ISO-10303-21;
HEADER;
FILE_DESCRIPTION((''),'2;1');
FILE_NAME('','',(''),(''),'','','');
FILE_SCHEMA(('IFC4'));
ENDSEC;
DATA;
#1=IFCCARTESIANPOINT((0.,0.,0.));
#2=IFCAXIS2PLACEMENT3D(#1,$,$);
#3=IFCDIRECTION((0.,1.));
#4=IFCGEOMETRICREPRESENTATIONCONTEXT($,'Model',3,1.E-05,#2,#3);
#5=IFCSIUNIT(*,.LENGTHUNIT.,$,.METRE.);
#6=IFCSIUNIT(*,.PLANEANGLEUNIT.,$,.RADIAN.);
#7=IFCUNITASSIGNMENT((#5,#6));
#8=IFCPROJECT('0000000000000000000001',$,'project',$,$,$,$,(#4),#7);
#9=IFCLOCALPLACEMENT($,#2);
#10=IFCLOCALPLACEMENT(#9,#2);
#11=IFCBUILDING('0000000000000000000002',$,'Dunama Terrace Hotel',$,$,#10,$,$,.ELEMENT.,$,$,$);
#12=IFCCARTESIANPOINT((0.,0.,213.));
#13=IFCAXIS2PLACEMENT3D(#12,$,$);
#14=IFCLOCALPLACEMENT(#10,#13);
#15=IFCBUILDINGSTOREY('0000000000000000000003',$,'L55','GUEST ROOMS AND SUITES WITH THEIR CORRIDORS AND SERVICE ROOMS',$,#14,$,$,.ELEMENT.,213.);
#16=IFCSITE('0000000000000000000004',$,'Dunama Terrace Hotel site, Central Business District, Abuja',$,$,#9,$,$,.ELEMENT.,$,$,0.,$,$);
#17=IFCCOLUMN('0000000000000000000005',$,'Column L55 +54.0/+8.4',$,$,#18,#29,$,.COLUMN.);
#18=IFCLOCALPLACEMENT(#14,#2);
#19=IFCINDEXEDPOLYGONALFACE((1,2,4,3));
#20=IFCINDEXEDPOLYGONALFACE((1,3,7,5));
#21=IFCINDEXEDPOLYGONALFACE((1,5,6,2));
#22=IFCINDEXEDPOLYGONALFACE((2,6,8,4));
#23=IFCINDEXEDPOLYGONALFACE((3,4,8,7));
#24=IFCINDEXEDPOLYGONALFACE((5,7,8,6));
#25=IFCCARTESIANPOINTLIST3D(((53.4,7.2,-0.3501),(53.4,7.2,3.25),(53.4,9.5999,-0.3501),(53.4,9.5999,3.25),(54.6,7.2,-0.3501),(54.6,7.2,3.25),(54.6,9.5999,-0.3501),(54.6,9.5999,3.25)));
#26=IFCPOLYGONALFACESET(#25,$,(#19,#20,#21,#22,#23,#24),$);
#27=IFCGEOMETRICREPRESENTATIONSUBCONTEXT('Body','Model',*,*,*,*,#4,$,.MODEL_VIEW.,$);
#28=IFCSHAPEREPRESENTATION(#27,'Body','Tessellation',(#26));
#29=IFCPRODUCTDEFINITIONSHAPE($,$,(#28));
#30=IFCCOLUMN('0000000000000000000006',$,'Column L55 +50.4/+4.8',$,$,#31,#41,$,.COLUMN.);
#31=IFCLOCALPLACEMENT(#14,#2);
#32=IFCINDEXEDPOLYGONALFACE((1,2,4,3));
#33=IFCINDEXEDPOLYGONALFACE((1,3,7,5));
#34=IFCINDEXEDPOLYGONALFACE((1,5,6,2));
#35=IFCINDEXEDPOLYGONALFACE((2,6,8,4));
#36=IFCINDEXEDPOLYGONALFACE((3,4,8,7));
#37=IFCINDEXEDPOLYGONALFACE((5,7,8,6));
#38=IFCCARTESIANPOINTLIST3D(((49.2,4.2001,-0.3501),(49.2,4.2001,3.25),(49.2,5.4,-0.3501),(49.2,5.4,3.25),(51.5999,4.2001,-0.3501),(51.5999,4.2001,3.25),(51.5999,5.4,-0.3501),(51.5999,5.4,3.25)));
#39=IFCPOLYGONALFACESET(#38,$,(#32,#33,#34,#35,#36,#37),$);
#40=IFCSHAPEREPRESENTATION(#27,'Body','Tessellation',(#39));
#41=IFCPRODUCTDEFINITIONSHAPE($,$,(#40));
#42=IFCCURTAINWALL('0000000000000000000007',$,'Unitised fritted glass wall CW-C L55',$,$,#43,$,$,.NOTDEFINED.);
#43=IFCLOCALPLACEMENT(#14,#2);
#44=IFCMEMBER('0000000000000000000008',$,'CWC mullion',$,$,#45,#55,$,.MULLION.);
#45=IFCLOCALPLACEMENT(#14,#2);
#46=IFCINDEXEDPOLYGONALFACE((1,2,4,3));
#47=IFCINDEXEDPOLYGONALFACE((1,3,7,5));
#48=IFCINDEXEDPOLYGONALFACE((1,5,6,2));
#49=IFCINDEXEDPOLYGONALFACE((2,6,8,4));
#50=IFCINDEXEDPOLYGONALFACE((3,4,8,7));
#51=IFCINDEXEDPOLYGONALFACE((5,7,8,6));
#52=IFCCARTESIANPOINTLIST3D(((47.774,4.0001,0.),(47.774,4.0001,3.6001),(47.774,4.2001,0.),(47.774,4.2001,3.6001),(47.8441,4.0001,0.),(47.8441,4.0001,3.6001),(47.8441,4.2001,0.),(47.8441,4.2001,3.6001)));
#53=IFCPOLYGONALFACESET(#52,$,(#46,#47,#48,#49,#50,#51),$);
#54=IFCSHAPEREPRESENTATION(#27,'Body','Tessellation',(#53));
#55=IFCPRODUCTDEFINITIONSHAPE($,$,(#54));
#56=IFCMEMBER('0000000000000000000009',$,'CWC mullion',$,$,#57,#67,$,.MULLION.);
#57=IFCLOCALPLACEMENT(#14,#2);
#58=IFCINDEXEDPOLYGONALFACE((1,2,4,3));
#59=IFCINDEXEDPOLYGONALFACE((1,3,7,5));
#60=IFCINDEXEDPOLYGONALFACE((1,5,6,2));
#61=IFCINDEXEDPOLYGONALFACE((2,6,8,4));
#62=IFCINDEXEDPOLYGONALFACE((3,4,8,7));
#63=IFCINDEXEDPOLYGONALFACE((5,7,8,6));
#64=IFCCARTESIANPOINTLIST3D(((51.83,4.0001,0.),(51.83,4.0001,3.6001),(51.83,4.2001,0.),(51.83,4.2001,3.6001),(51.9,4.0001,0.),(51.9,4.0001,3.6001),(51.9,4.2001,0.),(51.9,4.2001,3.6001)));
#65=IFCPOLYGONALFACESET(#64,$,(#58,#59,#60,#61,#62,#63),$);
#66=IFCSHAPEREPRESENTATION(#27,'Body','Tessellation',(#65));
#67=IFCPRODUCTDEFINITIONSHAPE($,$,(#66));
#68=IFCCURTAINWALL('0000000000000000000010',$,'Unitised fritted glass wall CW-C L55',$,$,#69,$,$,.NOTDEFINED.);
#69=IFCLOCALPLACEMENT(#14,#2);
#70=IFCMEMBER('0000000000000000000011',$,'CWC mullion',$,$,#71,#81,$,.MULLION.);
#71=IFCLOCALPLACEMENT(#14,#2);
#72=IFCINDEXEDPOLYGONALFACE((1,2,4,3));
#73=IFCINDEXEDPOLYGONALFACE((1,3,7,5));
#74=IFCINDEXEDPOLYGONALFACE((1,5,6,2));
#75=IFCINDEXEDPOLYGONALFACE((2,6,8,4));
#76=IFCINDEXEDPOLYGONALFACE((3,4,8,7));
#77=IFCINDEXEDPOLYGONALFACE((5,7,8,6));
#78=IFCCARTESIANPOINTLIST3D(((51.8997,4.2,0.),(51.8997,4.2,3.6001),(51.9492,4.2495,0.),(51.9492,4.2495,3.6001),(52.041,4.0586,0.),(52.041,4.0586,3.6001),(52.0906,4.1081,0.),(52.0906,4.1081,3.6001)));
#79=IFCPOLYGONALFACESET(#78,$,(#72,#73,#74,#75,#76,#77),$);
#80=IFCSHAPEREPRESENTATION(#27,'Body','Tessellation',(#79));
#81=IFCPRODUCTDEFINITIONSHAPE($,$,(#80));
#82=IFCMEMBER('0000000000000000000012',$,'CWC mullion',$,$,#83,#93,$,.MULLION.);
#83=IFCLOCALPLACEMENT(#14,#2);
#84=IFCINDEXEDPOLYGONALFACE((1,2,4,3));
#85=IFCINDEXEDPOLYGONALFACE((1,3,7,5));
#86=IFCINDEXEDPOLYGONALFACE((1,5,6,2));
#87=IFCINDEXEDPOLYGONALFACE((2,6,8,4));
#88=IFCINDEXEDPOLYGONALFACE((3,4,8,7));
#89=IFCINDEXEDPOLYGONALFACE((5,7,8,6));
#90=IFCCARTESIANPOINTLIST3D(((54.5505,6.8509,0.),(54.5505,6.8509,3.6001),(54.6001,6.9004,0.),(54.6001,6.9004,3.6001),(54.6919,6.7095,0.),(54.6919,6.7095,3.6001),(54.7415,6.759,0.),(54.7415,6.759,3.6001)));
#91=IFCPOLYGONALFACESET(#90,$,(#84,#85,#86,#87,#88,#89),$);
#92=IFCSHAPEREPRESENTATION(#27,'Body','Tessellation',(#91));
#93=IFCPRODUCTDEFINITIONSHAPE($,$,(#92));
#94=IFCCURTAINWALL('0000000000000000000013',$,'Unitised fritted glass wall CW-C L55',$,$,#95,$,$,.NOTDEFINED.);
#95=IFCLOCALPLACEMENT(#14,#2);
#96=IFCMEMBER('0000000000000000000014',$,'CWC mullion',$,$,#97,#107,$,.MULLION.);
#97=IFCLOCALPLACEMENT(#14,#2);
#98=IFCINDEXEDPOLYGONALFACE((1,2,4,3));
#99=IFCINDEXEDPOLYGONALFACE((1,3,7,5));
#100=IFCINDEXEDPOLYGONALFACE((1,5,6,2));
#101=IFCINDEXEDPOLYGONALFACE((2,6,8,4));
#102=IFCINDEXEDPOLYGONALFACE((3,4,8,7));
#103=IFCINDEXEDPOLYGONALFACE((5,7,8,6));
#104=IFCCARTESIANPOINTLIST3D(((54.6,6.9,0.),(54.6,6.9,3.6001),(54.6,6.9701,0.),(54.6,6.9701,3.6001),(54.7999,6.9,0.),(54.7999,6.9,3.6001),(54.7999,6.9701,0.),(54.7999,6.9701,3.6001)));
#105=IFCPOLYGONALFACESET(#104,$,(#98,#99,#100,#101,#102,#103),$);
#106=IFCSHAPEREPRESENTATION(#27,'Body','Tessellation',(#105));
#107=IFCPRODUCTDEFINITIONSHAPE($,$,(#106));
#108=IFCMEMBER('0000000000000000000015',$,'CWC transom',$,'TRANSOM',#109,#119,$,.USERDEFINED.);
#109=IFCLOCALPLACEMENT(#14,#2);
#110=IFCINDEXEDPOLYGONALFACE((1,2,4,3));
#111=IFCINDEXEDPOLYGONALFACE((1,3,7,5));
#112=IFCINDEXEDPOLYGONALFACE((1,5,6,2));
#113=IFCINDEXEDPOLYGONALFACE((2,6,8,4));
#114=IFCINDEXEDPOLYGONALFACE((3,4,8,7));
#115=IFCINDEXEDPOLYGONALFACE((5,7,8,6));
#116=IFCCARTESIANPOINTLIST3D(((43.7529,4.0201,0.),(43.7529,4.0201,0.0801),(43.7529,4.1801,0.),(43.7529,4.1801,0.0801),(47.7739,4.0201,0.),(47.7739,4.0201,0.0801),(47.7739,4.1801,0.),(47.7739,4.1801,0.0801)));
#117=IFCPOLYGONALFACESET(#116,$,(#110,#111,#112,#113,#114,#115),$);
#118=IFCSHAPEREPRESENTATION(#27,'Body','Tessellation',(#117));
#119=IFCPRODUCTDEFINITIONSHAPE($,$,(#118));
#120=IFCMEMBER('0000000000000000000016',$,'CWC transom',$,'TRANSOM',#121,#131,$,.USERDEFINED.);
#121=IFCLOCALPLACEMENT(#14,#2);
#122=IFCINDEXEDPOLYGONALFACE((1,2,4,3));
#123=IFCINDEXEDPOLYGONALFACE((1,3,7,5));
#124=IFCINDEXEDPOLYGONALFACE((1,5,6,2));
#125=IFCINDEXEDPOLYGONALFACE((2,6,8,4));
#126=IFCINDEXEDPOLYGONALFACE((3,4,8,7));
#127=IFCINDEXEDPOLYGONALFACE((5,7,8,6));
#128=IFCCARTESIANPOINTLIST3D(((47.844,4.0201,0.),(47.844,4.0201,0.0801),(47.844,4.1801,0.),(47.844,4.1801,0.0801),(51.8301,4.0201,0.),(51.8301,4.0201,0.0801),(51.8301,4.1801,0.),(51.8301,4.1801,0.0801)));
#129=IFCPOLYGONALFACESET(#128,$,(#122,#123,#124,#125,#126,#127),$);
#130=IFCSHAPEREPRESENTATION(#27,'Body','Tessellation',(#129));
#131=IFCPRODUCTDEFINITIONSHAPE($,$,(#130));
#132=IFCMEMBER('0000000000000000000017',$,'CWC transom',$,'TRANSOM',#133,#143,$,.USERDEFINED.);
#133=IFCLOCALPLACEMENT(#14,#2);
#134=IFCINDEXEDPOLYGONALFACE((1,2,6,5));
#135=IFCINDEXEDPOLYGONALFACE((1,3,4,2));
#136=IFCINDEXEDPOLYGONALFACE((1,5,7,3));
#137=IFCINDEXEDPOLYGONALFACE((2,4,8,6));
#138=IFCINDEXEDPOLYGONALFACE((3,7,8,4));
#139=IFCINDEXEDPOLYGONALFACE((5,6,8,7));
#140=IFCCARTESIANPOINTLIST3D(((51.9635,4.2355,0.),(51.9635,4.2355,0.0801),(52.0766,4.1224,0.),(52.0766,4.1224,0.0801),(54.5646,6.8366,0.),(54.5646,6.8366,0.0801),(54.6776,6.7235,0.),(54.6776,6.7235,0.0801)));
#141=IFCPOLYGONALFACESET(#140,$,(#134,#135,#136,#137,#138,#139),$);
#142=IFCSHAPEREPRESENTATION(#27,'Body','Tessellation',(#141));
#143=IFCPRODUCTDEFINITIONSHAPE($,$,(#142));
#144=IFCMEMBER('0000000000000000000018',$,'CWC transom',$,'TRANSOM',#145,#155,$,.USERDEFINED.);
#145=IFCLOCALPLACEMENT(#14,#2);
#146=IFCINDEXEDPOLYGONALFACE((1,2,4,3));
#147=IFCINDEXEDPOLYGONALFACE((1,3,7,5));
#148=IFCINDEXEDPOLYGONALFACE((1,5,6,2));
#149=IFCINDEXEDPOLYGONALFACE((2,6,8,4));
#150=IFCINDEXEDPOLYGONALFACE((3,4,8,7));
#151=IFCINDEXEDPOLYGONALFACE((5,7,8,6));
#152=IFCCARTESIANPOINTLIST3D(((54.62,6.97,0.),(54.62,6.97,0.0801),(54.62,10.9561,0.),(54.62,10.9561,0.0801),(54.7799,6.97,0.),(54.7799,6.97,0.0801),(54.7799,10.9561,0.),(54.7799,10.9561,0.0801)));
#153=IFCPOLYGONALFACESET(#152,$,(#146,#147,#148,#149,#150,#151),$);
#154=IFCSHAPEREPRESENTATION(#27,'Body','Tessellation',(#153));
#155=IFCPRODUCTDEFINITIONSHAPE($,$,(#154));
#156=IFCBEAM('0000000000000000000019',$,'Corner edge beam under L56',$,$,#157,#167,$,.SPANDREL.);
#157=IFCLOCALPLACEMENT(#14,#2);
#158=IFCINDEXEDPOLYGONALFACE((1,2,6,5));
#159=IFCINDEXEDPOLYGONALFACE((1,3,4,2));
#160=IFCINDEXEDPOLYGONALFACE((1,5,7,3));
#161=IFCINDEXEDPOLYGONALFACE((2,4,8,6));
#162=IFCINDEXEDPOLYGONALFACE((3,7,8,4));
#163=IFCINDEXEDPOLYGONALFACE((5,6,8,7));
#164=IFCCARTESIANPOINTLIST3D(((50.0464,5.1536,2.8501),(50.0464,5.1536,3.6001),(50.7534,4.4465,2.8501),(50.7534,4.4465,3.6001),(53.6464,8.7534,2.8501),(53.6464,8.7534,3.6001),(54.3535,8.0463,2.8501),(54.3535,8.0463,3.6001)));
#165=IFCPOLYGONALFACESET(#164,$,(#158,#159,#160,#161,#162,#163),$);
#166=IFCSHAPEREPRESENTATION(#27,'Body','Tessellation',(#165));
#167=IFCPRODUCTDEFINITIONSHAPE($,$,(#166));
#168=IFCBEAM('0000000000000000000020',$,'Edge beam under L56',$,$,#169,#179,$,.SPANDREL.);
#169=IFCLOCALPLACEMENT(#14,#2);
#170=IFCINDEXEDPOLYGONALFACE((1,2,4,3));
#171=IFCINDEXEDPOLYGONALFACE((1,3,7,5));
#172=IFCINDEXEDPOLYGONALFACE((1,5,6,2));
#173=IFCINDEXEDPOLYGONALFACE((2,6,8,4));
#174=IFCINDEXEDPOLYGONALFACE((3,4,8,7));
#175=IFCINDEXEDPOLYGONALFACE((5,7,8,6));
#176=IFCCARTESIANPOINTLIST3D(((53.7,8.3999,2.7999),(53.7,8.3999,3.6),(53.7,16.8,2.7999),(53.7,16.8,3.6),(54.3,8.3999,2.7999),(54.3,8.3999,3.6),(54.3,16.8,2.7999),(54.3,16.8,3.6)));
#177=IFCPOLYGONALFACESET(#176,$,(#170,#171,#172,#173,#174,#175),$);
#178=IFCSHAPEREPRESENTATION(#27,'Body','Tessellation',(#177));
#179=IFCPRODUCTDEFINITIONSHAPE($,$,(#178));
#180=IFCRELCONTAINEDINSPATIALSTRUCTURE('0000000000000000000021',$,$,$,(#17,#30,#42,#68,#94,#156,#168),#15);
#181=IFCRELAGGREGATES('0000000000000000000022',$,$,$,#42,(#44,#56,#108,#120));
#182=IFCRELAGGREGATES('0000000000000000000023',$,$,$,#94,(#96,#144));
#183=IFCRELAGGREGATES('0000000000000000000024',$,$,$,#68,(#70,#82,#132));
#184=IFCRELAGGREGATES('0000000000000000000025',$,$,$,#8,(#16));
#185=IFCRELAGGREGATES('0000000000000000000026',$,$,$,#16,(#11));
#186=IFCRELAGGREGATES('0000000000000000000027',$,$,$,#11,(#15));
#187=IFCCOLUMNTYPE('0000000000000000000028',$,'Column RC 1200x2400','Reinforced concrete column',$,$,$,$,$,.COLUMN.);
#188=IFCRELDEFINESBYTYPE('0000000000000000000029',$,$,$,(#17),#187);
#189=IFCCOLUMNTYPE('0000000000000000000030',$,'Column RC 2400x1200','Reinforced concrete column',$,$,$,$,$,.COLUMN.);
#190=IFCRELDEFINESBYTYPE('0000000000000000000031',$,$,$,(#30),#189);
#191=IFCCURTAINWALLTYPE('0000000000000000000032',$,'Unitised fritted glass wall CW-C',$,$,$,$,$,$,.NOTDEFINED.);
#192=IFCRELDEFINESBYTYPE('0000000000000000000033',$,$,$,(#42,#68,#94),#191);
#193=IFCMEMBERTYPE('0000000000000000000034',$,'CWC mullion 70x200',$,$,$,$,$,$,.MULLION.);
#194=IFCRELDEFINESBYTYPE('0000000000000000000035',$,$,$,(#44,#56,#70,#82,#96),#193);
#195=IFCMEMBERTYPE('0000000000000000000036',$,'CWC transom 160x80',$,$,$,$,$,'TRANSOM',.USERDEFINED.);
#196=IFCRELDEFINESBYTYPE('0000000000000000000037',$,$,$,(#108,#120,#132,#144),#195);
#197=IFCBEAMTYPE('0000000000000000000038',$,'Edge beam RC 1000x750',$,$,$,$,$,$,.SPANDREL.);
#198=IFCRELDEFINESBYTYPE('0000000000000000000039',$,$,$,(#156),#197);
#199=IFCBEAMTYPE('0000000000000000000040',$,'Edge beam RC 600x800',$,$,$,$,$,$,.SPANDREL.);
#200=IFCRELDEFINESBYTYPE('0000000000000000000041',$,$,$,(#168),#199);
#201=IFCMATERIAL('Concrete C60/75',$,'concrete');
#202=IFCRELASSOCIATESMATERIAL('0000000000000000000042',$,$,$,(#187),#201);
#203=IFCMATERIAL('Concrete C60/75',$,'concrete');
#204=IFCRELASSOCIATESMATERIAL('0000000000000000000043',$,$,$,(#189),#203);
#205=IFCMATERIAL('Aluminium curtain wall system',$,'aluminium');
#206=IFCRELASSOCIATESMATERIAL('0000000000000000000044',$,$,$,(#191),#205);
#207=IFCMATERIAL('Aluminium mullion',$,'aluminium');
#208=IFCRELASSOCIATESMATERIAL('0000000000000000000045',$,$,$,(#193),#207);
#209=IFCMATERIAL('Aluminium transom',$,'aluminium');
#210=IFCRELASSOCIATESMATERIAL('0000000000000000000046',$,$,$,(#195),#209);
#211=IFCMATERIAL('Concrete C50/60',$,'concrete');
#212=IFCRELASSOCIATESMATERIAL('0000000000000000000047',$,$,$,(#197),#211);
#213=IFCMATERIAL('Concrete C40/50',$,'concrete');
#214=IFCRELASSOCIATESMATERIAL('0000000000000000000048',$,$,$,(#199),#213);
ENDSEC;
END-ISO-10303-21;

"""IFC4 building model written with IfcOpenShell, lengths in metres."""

from ifc_helpers import new_model, si_unit, direction, frame, origin, origin_2d, place, context, subcontext, project, spatial, rectangle, extrude, material, material_profile, profile_set, type_object, element, aggregate, save


model = new_model("IFC4")

# Units and contexts
model_context = context("Model", 3, precision=1e-05, world=origin(), true_north=direction((0.0, 1.0)))
body_context = subcontext(model_context, "Body", "Model", "MODEL_VIEW")
ifc_project = project(units=[si_unit("LENGTHUNIT", "METRE"), si_unit("PLANEANGLEUNIT", "RADIAN")], contexts=[model_context])

# Site, building, storey
site_placement = place(None, origin())
site = spatial("IfcSite", under=ifc_project, at=site_placement, Name="Dunama Terrace Hotel site, Central Business District, Abuja", CompositionType="ELEMENT", RefElevation=0.0)
building_placement = place(site_placement, origin())
building = spatial("IfcBuilding", under=site, at=building_placement, Name="Dunama Terrace Hotel", CompositionType="ELEMENT")
storey_placement = place(building_placement, frame((0.0, 0.0, 213.0)))
storey = spatial("IfcBuildingStorey", under=building, at=storey_placement, Name="L55", Description="GUEST ROOMS AND SUITES WITH THEIR CORRIDORS AND SERVICE ROOMS", CompositionType="ELEMENT", Elevation=213.0)

# Columns
ifc_material_1 = material(Name="Concrete C60/75", Category="concrete")
ifc_material_profile_1 = material_profile(ifc_material_1, rectangle(XDim=1.2, YDim=2.3999, at=origin_2d()), Name="RC 1200x2400")
ifc_profile_set_1 = profile_set([ifc_material_profile_1], Name="Concrete C60/75")
column_type_1 = type_object("IfcColumnType", Name="Column RC 1200x2400", Description="Reinforced concrete column", PredefinedType="COLUMN", material=ifc_profile_set_1)
column_1_placement = place(storey_placement, frame((54.0, 8.3999, -0.3501), z_axis=(0.0, 0.0, 1.0), x_axis=(1.0, 0.0, 0.0)))
element("IfcColumn", 1, at=column_1_placement, inside=storey, type_object=column_type_1, Name="Column L55 +54.0/+8.4", PredefinedType="COLUMN", context=body_context, shape_type="SweptSolid", body=[
    extrude(rectangle(XDim=1.2, YDim=2.3999, at=origin_2d()), origin(), (0.0, 0.0, 1.0), 3.6001),
])
ifc_material_2 = material(Name="Concrete C60/75", Category="concrete")
ifc_material_profile_2 = material_profile(ifc_material_2, rectangle(XDim=2.3999, YDim=1.2, at=origin_2d()), Name="RC 2400x1200")
ifc_profile_set_2 = profile_set([ifc_material_profile_2], Name="Concrete C60/75")
column_type_2 = type_object("IfcColumnType", Name="Column RC 2400x1200", Description="Reinforced concrete column", PredefinedType="COLUMN", material=ifc_profile_set_2)
column_2_placement = place(storey_placement, frame((50.3999, 4.8, -0.3501), z_axis=(0.0, 0.0, 1.0), x_axis=(1.0, 0.0, 0.0)))
element("IfcColumn", 2, at=column_2_placement, inside=storey, type_object=column_type_2, Name="Column L55 +50.4/+4.8", PredefinedType="COLUMN", context=body_context, shape_type="SweptSolid", body=[
    extrude(rectangle(XDim=2.3999, YDim=1.2, at=origin_2d()), origin(), (0.0, 0.0, 1.0), 3.6001),
])

# Curtain walls, members
ifc_material_3 = material(Name="Aluminium curtain wall system", Category="aluminium")
curtain_wall_type = type_object("IfcCurtainWallType", Name="Unitised fritted glass wall CW-C", PredefinedType="NOTDEFINED", material=ifc_material_3)
curtain_wall_1_placement = place(storey_placement, origin())
curtain_wall_1 = element("IfcCurtainWall", 3, at=curtain_wall_1_placement, inside=storey, type_object=curtain_wall_type, Name="Unitised fritted glass wall CW-C L55", PredefinedType="NOTDEFINED")
ifc_material_4 = material(Name="Aluminium mullion", Category="aluminium")
ifc_material_profile_3 = material_profile(ifc_material_4, rectangle(XDim=0.0701, YDim=0.2, at=origin_2d()), Name="CWC MULLION 70X200")
ifc_profile_set_3 = profile_set([ifc_material_profile_3], Name="Aluminium mullion")
member_type_1 = type_object("IfcMemberType", Name="CWC mullion 70x200", PredefinedType="MULLION", material=ifc_profile_set_3)
member_1_placement = place(storey_placement, frame((47.8091, 4.1001, 0.0), z_axis=(0.0, 0.0, 1.0), x_axis=(1.0, 0.0, 0.0)))
member_1 = element("IfcMember", 4, at=member_1_placement, type_object=member_type_1, Name="CWC mullion", PredefinedType="MULLION", context=body_context, shape_type="SweptSolid", body=[
    extrude(rectangle(XDim=0.0701, YDim=0.2, at=origin_2d()), origin(), (0.0, 0.0, 1.0), 3.6001),
])
member_2_placement = place(storey_placement, frame((51.865, 4.1001, 0.0), z_axis=(0.0, 0.0, 1.0), x_axis=(1.0, 0.0, 0.0)))
member_2 = element("IfcMember", 5, at=member_2_placement, type_object=member_type_1, Name="CWC mullion", PredefinedType="MULLION", context=body_context, shape_type="SweptSolid", body=[
    extrude(rectangle(XDim=0.0701, YDim=0.2, at=origin_2d()), origin(), (0.0, 0.0, 1.0), 3.6001),
])
curtain_wall_2_placement = place(storey_placement, origin())
curtain_wall_2 = element("IfcCurtainWall", 6, at=curtain_wall_2_placement, inside=storey, type_object=curtain_wall_type, Name="Unitised fritted glass wall CW-C L55", PredefinedType="NOTDEFINED")
member_3_placement = place(storey_placement, frame((51.9951, 4.1541, 0.0), z_axis=(0.0, 0.0, 1.0), x_axis=(0.707107, 0.707107, 0.0)))
member_3 = element("IfcMember", 7, at=member_3_placement, type_object=member_type_1, Name="CWC mullion", PredefinedType="MULLION", context=body_context, shape_type="SweptSolid", body=[
    extrude(rectangle(XDim=0.0701, YDim=0.2, at=origin_2d()), origin(), (0.0, 0.0, 1.0), 3.6001),
])
member_4_placement = place(storey_placement, frame((54.646, 6.8049, 0.0), z_axis=(0.0, 0.0, 1.0), x_axis=(0.707107, 0.707107, 0.0)))
member_4 = element("IfcMember", 8, at=member_4_placement, type_object=member_type_1, Name="CWC mullion", PredefinedType="MULLION", context=body_context, shape_type="SweptSolid", body=[
    extrude(rectangle(XDim=0.0701, YDim=0.2, at=origin_2d()), origin(), (0.0, 0.0, 1.0), 3.6001),
])

# Curtain wall, member
curtain_wall_3_placement = place(storey_placement, origin())
curtain_wall_3 = element("IfcCurtainWall", 9, at=curtain_wall_3_placement, inside=storey, type_object=curtain_wall_type, Name="Unitised fritted glass wall CW-C L55", PredefinedType="NOTDEFINED")
member_5_placement = place(storey_placement, frame((54.7, 6.9351, 0.0), z_axis=(0.0, 0.0, 1.0), x_axis=(0.0, 1.0, 0.0)))
member_5 = element("IfcMember", 10, at=member_5_placement, type_object=member_type_1, Name="CWC mullion", PredefinedType="MULLION", context=body_context, shape_type="SweptSolid", body=[
    extrude(rectangle(XDim=0.0701, YDim=0.2, at=origin_2d()), origin(), (0.0, 0.0, 1.0), 3.6001),
])

# Members
ifc_material_5 = material(Name="Aluminium transom", Category="aluminium")
ifc_material_profile_4 = material_profile(ifc_material_5, rectangle(XDim=0.1599, YDim=0.0801, at=origin_2d()), Name="CWC TRANSOM 160X80")
ifc_profile_set_4 = profile_set([ifc_material_profile_4], Name="Aluminium transom")
member_type_2 = type_object("IfcMemberType", Name="CWC transom 160x80", ElementType="TRANSOM", PredefinedType="USERDEFINED", material=ifc_profile_set_4)
member_6_placement = place(storey_placement, frame((43.7529, 4.1001, 0.04), z_axis=(1.0, 0.0, 0.0), x_axis=(0.0, 1.0, 0.0)))
member_6 = element("IfcMember", 11, at=member_6_placement, type_object=member_type_2, Name="CWC transom", ObjectType="TRANSOM", PredefinedType="USERDEFINED", context=body_context, shape_type="SweptSolid", body=[
    extrude(rectangle(XDim=0.1599, YDim=0.0801, at=origin_2d()), origin(), (0.0, 0.0, 1.0), 4.021),
])
member_7_placement = place(storey_placement, frame((47.844, 4.1001, 0.04), z_axis=(1.0, 0.0, 0.0), x_axis=(0.0, 1.0, 0.0)))
member_7 = element("IfcMember", 12, at=member_7_placement, type_object=member_type_2, Name="CWC transom", ObjectType="TRANSOM", PredefinedType="USERDEFINED", context=body_context, shape_type="SweptSolid", body=[
    extrude(rectangle(XDim=0.1599, YDim=0.0801, at=origin_2d()), origin(), (0.0, 0.0, 1.0), 3.9861),
])
member_8_placement = place(storey_placement, frame((52.02, 4.179, 0.04), z_axis=(0.707107, 0.707107, 0.0), x_axis=(-0.707107, 0.707107, 0.0)))
member_8 = element("IfcMember", 13, at=member_8_placement, type_object=member_type_2, Name="CWC transom", ObjectType="TRANSOM", PredefinedType="USERDEFINED", context=body_context, shape_type="SweptSolid", body=[
    extrude(rectangle(XDim=0.1599, YDim=0.0801, at=origin_2d()), origin(), (0.0, 0.0, 1.0), 3.6785),
])
member_9_placement = place(storey_placement, frame((54.7, 6.97, 0.04), z_axis=(0.0, 1.0, 0.0), x_axis=(-1.0, 0.0, 0.0)))
member_9 = element("IfcMember", 14, at=member_9_placement, type_object=member_type_2, Name="CWC transom", ObjectType="TRANSOM", PredefinedType="USERDEFINED", context=body_context, shape_type="SweptSolid", body=[
    extrude(rectangle(XDim=0.1599, YDim=0.0801, at=origin_2d()), origin(), (0.0, 0.0, 1.0), 3.9861),
])

# Beams
ifc_material_6 = material(Name="Concrete C50/60", Category="concrete")
ifc_material_profile_5 = material_profile(ifc_material_6, rectangle(XDim=1.0, YDim=0.75, at=origin_2d()), Name="RC 1000x750")
ifc_profile_set_5 = profile_set([ifc_material_profile_5], Name="Concrete C50/60")
beam_type_1 = type_object("IfcBeamType", Name="Edge beam RC 1000x750", PredefinedType="SPANDREL", material=ifc_profile_set_5)
beam_1_placement = place(storey_placement, frame((50.3999, 4.8, 3.2251), z_axis=(0.707131, 0.707083, 0.0), x_axis=(-0.707083, 0.707131, 0.0)))
element("IfcBeam", 15, at=beam_1_placement, inside=storey, type_object=beam_type_1, Name="Corner edge beam under L56", PredefinedType="SPANDREL", context=body_context, shape_type="SweptSolid", body=[
    extrude(rectangle(XDim=1.0, YDim=0.75, at=origin_2d()), origin(), (0.0, 0.0, 1.0), 5.0911),
])
ifc_material_7 = material(Name="Concrete C40/50", Category="concrete")
ifc_material_profile_6 = material_profile(ifc_material_7, rectangle(XDim=0.6001, YDim=0.8, at=origin_2d()), Name="RC 600x800")
ifc_profile_set_6 = profile_set([ifc_material_profile_6], Name="Concrete C40/50")
beam_type_2 = type_object("IfcBeamType", Name="Edge beam RC 600x800", PredefinedType="SPANDREL", material=ifc_profile_set_6)
beam_2_placement = place(storey_placement, frame((54.0, 8.3999, 3.2), z_axis=(0.0, 1.0, 0.0), x_axis=(-1.0, 0.0, 0.0)))
element("IfcBeam", 16, at=beam_2_placement, inside=storey, type_object=beam_type_2, Name="Edge beam under L56", PredefinedType="SPANDREL", context=body_context, shape_type="SweptSolid", body=[
    extrude(rectangle(XDim=0.6001, YDim=0.8, at=origin_2d()), origin(), (0.0, 0.0, 1.0), 8.4001),
])

aggregate(curtain_wall_1, [member_1, member_2, member_6, member_7])
aggregate(curtain_wall_3, [member_5, member_9])
aggregate(curtain_wall_2, [member_3, member_4, member_8])

save(model, "model.ifc")
